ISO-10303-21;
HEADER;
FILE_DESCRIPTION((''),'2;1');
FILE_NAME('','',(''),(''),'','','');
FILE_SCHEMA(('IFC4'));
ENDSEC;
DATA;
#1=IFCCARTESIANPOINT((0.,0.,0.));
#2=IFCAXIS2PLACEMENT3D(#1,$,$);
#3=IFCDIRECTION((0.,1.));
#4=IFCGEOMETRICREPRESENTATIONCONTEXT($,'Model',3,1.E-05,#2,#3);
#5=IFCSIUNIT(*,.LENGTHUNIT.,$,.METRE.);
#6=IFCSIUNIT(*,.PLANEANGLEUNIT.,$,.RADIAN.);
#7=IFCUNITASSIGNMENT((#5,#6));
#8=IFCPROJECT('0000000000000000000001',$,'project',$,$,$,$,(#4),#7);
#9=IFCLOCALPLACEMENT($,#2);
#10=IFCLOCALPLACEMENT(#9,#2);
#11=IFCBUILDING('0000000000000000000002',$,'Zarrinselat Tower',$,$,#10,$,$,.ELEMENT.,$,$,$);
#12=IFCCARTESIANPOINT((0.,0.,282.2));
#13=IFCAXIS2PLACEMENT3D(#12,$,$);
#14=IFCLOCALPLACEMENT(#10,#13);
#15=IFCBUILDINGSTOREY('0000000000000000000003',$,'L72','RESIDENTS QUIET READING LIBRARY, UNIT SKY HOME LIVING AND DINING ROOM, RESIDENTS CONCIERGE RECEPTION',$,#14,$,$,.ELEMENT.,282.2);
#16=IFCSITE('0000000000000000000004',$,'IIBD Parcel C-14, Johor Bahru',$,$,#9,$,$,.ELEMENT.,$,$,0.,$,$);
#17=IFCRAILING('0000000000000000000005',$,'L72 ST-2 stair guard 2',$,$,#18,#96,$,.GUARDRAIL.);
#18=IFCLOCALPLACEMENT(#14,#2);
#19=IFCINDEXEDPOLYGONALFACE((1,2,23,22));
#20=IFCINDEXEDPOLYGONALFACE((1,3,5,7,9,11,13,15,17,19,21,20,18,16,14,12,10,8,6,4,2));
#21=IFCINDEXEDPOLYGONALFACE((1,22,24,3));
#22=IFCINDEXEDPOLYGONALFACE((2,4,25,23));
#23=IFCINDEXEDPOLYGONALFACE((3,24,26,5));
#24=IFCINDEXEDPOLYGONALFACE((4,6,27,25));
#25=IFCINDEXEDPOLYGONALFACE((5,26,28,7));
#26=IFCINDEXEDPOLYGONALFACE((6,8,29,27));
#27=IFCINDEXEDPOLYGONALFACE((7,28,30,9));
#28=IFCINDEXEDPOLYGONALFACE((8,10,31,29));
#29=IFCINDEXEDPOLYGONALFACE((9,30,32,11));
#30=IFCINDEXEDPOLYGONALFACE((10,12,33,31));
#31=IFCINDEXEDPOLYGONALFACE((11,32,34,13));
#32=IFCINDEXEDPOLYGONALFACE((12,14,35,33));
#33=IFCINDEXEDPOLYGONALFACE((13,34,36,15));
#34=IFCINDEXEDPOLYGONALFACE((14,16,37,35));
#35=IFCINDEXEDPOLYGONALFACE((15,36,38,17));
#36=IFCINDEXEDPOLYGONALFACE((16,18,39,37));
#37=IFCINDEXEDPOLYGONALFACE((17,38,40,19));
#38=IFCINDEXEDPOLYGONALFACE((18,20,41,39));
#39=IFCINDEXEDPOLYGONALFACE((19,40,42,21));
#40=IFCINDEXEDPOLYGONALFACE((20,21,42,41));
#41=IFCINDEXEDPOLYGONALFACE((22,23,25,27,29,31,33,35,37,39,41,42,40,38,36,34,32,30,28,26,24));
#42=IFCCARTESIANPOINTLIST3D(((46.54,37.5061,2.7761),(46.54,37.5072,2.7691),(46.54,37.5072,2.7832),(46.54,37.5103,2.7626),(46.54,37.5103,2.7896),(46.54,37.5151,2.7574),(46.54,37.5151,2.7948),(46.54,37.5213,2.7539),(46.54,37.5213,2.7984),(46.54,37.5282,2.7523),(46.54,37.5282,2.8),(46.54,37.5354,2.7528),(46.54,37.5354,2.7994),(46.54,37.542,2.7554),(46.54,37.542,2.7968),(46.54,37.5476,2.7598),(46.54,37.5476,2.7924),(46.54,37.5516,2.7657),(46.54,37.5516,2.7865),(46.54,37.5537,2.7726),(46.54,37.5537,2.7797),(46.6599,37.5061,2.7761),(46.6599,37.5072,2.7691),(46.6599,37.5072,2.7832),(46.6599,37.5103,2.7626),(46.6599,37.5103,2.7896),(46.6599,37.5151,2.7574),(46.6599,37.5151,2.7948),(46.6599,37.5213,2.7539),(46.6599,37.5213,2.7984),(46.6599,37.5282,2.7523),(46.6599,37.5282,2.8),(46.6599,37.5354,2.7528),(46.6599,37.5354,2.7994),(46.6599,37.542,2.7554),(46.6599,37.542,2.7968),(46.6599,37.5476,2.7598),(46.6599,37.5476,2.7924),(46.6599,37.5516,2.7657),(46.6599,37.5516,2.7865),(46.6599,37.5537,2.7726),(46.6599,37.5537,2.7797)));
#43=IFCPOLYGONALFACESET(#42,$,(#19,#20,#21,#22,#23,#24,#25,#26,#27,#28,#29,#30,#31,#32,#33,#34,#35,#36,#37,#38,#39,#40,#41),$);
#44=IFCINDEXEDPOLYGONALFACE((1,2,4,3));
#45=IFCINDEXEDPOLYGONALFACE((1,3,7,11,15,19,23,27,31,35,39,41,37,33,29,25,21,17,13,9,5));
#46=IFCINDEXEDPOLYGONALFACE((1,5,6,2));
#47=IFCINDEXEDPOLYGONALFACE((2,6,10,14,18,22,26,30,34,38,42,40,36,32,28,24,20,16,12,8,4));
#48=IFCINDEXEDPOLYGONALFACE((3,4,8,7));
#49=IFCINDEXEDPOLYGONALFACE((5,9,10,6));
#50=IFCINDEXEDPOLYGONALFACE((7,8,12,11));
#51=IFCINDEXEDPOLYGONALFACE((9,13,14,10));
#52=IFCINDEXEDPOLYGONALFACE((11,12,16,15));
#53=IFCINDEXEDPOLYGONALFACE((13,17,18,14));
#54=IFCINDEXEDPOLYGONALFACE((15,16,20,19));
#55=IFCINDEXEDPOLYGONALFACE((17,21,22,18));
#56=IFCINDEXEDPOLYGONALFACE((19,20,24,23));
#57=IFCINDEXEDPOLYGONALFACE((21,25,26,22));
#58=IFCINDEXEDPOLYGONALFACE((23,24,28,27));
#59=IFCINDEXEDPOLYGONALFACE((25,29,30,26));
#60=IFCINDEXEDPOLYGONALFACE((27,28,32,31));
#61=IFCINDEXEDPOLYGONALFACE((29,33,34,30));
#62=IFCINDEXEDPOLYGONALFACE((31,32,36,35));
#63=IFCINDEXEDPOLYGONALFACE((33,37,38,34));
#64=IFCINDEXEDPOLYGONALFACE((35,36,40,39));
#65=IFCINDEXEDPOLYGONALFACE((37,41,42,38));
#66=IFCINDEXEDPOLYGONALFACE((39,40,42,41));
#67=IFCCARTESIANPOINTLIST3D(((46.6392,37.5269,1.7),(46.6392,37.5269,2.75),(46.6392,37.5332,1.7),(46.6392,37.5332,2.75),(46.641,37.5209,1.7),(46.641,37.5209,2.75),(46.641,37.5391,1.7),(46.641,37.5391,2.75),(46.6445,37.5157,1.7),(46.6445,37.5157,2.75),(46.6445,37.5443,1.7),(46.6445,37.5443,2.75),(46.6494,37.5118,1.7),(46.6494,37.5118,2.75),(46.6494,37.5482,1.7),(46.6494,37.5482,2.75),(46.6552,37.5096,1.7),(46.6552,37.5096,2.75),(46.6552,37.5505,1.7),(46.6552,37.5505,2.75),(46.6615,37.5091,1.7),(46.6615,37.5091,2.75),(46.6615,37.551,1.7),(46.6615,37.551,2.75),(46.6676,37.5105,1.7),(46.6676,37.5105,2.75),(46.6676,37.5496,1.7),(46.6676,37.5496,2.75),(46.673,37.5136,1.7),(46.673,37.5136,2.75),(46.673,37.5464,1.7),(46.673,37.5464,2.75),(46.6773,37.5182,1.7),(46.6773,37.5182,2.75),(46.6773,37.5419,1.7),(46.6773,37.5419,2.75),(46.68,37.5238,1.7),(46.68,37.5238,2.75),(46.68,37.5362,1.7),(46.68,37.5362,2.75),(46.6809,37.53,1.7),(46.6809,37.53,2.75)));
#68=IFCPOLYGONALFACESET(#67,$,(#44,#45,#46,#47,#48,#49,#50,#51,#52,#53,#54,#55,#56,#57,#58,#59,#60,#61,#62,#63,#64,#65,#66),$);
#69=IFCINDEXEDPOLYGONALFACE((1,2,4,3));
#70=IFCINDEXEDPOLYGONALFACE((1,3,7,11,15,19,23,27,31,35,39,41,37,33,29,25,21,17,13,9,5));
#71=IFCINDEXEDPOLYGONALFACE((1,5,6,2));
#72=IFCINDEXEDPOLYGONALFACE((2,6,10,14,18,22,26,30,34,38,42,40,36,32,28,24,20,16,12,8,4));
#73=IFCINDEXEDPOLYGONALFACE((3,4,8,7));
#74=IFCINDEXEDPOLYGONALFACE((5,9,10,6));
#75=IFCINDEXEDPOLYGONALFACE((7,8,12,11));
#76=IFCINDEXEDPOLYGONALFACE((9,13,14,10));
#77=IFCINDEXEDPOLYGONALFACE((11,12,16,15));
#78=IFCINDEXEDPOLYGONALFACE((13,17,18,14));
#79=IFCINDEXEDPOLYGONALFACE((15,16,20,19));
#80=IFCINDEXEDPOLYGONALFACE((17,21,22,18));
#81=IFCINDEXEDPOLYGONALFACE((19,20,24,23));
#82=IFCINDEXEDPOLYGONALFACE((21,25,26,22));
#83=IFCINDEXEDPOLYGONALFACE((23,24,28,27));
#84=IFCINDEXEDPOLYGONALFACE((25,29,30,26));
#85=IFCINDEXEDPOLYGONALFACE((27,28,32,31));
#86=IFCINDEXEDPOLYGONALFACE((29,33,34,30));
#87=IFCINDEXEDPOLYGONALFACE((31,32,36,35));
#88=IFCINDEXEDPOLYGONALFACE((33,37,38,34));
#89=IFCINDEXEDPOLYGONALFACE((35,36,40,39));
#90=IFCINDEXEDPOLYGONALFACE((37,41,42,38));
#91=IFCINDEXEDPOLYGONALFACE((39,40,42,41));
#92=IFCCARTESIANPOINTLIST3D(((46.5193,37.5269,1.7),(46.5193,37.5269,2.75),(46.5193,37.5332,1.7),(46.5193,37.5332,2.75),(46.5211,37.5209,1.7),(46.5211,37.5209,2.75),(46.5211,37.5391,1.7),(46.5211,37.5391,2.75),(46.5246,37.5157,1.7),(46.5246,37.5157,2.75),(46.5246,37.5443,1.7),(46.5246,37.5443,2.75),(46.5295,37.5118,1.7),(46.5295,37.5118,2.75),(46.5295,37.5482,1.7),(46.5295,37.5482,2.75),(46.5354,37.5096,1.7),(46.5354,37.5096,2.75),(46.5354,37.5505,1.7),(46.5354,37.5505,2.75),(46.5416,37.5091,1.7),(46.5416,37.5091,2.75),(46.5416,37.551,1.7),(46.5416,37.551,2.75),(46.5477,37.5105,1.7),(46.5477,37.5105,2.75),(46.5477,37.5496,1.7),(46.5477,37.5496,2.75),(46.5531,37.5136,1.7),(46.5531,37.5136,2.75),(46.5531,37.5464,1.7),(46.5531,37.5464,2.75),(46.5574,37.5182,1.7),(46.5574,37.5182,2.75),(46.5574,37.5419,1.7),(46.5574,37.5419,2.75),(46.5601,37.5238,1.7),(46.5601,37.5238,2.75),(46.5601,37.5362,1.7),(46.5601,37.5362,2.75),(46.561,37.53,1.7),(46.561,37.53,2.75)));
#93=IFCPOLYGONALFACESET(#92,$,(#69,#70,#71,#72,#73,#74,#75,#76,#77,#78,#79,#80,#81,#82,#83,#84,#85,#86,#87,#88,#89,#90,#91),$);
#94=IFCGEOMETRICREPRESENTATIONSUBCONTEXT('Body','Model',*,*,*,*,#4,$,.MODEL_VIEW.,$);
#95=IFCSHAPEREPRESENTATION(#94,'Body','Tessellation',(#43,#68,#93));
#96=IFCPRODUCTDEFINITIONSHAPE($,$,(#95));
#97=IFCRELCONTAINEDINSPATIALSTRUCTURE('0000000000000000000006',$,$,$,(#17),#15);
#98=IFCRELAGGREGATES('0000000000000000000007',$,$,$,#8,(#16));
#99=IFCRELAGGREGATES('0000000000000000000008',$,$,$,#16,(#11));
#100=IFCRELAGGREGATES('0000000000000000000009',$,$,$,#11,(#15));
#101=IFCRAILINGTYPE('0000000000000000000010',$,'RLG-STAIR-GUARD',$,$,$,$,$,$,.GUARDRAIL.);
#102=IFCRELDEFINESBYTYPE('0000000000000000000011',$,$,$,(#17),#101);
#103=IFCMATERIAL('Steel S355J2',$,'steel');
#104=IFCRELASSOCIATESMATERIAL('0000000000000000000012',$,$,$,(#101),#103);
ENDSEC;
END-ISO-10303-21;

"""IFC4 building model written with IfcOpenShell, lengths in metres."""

from ifc_helpers import new_model, si_unit, direction, frame, origin, origin_2d, place, context, subcontext, project, spatial, circle, extrude, material, type_object, element, save


model = new_model("IFC4")

# Units and contexts
model_context = context("Model", 3, precision=1e-05, world=origin(), true_north=direction((0.0, 1.0)))
body_context = subcontext(model_context, "Body", "Model", "MODEL_VIEW")
ifc_project = project(units=[si_unit("LENGTHUNIT", "METRE"), si_unit("PLANEANGLEUNIT", "RADIAN")], contexts=[model_context])

# Site, building, storey
site_placement = place(None, origin())
site = spatial("IfcSite", under=ifc_project, at=site_placement, Name="IIBD Parcel C-14, Johor Bahru", CompositionType="ELEMENT", RefElevation=0.0)
building_placement = place(site_placement, origin())
building = spatial("IfcBuilding", under=site, at=building_placement, Name="Zarrinselat Tower", CompositionType="ELEMENT")
storey_placement = place(building_placement, frame((0.0, 0.0, 282.2)))
storey = spatial("IfcBuildingStorey", under=building, at=storey_placement, Name="L72", Description="RESIDENTS QUIET READING LIBRARY, UNIT SKY HOME LIVING AND DINING ROOM, RESIDENTS CONCIERGE RECEPTION", CompositionType="ELEMENT", Elevation=282.2)

# Railing
ifc_material_1 = material(Name="Steel S355J2", Category="steel")
railing_type = type_object("IfcRailingType", Name="RLG-STAIR-GUARD", PredefinedType="GUARDRAIL", material=ifc_material_1)
railing_1_placement = place(storey_placement, frame((46.6599, 37.53, 1.7)))
element("IfcRailing", 1, at=railing_1_placement, inside=storey, type_object=railing_type, Name="L72 ST-2 stair guard 2", PredefinedType="GUARDRAIL", context=body_context, shape_type="SweptSolid", body=[
    extrude(circle(Radius=0.0239, at=origin_2d()), frame((0.0, 0.0, 1.0762), z_axis=(-1.0, 0.0, 0.0), x_axis=(0.0, -1.0, 0.0)), (0.0, 0.0, 1.0), 0.1199),
    extrude(circle(Radius=0.021, at=origin_2d()), origin(), (0.0, 0.0, 1.0), 1.05),
    extrude(circle(Radius=0.021, at=origin_2d()), frame((-0.1199, 0.0, 0.0)), (0.0, 0.0, 1.0), 1.05),
])

save(model, "model.ifc")
